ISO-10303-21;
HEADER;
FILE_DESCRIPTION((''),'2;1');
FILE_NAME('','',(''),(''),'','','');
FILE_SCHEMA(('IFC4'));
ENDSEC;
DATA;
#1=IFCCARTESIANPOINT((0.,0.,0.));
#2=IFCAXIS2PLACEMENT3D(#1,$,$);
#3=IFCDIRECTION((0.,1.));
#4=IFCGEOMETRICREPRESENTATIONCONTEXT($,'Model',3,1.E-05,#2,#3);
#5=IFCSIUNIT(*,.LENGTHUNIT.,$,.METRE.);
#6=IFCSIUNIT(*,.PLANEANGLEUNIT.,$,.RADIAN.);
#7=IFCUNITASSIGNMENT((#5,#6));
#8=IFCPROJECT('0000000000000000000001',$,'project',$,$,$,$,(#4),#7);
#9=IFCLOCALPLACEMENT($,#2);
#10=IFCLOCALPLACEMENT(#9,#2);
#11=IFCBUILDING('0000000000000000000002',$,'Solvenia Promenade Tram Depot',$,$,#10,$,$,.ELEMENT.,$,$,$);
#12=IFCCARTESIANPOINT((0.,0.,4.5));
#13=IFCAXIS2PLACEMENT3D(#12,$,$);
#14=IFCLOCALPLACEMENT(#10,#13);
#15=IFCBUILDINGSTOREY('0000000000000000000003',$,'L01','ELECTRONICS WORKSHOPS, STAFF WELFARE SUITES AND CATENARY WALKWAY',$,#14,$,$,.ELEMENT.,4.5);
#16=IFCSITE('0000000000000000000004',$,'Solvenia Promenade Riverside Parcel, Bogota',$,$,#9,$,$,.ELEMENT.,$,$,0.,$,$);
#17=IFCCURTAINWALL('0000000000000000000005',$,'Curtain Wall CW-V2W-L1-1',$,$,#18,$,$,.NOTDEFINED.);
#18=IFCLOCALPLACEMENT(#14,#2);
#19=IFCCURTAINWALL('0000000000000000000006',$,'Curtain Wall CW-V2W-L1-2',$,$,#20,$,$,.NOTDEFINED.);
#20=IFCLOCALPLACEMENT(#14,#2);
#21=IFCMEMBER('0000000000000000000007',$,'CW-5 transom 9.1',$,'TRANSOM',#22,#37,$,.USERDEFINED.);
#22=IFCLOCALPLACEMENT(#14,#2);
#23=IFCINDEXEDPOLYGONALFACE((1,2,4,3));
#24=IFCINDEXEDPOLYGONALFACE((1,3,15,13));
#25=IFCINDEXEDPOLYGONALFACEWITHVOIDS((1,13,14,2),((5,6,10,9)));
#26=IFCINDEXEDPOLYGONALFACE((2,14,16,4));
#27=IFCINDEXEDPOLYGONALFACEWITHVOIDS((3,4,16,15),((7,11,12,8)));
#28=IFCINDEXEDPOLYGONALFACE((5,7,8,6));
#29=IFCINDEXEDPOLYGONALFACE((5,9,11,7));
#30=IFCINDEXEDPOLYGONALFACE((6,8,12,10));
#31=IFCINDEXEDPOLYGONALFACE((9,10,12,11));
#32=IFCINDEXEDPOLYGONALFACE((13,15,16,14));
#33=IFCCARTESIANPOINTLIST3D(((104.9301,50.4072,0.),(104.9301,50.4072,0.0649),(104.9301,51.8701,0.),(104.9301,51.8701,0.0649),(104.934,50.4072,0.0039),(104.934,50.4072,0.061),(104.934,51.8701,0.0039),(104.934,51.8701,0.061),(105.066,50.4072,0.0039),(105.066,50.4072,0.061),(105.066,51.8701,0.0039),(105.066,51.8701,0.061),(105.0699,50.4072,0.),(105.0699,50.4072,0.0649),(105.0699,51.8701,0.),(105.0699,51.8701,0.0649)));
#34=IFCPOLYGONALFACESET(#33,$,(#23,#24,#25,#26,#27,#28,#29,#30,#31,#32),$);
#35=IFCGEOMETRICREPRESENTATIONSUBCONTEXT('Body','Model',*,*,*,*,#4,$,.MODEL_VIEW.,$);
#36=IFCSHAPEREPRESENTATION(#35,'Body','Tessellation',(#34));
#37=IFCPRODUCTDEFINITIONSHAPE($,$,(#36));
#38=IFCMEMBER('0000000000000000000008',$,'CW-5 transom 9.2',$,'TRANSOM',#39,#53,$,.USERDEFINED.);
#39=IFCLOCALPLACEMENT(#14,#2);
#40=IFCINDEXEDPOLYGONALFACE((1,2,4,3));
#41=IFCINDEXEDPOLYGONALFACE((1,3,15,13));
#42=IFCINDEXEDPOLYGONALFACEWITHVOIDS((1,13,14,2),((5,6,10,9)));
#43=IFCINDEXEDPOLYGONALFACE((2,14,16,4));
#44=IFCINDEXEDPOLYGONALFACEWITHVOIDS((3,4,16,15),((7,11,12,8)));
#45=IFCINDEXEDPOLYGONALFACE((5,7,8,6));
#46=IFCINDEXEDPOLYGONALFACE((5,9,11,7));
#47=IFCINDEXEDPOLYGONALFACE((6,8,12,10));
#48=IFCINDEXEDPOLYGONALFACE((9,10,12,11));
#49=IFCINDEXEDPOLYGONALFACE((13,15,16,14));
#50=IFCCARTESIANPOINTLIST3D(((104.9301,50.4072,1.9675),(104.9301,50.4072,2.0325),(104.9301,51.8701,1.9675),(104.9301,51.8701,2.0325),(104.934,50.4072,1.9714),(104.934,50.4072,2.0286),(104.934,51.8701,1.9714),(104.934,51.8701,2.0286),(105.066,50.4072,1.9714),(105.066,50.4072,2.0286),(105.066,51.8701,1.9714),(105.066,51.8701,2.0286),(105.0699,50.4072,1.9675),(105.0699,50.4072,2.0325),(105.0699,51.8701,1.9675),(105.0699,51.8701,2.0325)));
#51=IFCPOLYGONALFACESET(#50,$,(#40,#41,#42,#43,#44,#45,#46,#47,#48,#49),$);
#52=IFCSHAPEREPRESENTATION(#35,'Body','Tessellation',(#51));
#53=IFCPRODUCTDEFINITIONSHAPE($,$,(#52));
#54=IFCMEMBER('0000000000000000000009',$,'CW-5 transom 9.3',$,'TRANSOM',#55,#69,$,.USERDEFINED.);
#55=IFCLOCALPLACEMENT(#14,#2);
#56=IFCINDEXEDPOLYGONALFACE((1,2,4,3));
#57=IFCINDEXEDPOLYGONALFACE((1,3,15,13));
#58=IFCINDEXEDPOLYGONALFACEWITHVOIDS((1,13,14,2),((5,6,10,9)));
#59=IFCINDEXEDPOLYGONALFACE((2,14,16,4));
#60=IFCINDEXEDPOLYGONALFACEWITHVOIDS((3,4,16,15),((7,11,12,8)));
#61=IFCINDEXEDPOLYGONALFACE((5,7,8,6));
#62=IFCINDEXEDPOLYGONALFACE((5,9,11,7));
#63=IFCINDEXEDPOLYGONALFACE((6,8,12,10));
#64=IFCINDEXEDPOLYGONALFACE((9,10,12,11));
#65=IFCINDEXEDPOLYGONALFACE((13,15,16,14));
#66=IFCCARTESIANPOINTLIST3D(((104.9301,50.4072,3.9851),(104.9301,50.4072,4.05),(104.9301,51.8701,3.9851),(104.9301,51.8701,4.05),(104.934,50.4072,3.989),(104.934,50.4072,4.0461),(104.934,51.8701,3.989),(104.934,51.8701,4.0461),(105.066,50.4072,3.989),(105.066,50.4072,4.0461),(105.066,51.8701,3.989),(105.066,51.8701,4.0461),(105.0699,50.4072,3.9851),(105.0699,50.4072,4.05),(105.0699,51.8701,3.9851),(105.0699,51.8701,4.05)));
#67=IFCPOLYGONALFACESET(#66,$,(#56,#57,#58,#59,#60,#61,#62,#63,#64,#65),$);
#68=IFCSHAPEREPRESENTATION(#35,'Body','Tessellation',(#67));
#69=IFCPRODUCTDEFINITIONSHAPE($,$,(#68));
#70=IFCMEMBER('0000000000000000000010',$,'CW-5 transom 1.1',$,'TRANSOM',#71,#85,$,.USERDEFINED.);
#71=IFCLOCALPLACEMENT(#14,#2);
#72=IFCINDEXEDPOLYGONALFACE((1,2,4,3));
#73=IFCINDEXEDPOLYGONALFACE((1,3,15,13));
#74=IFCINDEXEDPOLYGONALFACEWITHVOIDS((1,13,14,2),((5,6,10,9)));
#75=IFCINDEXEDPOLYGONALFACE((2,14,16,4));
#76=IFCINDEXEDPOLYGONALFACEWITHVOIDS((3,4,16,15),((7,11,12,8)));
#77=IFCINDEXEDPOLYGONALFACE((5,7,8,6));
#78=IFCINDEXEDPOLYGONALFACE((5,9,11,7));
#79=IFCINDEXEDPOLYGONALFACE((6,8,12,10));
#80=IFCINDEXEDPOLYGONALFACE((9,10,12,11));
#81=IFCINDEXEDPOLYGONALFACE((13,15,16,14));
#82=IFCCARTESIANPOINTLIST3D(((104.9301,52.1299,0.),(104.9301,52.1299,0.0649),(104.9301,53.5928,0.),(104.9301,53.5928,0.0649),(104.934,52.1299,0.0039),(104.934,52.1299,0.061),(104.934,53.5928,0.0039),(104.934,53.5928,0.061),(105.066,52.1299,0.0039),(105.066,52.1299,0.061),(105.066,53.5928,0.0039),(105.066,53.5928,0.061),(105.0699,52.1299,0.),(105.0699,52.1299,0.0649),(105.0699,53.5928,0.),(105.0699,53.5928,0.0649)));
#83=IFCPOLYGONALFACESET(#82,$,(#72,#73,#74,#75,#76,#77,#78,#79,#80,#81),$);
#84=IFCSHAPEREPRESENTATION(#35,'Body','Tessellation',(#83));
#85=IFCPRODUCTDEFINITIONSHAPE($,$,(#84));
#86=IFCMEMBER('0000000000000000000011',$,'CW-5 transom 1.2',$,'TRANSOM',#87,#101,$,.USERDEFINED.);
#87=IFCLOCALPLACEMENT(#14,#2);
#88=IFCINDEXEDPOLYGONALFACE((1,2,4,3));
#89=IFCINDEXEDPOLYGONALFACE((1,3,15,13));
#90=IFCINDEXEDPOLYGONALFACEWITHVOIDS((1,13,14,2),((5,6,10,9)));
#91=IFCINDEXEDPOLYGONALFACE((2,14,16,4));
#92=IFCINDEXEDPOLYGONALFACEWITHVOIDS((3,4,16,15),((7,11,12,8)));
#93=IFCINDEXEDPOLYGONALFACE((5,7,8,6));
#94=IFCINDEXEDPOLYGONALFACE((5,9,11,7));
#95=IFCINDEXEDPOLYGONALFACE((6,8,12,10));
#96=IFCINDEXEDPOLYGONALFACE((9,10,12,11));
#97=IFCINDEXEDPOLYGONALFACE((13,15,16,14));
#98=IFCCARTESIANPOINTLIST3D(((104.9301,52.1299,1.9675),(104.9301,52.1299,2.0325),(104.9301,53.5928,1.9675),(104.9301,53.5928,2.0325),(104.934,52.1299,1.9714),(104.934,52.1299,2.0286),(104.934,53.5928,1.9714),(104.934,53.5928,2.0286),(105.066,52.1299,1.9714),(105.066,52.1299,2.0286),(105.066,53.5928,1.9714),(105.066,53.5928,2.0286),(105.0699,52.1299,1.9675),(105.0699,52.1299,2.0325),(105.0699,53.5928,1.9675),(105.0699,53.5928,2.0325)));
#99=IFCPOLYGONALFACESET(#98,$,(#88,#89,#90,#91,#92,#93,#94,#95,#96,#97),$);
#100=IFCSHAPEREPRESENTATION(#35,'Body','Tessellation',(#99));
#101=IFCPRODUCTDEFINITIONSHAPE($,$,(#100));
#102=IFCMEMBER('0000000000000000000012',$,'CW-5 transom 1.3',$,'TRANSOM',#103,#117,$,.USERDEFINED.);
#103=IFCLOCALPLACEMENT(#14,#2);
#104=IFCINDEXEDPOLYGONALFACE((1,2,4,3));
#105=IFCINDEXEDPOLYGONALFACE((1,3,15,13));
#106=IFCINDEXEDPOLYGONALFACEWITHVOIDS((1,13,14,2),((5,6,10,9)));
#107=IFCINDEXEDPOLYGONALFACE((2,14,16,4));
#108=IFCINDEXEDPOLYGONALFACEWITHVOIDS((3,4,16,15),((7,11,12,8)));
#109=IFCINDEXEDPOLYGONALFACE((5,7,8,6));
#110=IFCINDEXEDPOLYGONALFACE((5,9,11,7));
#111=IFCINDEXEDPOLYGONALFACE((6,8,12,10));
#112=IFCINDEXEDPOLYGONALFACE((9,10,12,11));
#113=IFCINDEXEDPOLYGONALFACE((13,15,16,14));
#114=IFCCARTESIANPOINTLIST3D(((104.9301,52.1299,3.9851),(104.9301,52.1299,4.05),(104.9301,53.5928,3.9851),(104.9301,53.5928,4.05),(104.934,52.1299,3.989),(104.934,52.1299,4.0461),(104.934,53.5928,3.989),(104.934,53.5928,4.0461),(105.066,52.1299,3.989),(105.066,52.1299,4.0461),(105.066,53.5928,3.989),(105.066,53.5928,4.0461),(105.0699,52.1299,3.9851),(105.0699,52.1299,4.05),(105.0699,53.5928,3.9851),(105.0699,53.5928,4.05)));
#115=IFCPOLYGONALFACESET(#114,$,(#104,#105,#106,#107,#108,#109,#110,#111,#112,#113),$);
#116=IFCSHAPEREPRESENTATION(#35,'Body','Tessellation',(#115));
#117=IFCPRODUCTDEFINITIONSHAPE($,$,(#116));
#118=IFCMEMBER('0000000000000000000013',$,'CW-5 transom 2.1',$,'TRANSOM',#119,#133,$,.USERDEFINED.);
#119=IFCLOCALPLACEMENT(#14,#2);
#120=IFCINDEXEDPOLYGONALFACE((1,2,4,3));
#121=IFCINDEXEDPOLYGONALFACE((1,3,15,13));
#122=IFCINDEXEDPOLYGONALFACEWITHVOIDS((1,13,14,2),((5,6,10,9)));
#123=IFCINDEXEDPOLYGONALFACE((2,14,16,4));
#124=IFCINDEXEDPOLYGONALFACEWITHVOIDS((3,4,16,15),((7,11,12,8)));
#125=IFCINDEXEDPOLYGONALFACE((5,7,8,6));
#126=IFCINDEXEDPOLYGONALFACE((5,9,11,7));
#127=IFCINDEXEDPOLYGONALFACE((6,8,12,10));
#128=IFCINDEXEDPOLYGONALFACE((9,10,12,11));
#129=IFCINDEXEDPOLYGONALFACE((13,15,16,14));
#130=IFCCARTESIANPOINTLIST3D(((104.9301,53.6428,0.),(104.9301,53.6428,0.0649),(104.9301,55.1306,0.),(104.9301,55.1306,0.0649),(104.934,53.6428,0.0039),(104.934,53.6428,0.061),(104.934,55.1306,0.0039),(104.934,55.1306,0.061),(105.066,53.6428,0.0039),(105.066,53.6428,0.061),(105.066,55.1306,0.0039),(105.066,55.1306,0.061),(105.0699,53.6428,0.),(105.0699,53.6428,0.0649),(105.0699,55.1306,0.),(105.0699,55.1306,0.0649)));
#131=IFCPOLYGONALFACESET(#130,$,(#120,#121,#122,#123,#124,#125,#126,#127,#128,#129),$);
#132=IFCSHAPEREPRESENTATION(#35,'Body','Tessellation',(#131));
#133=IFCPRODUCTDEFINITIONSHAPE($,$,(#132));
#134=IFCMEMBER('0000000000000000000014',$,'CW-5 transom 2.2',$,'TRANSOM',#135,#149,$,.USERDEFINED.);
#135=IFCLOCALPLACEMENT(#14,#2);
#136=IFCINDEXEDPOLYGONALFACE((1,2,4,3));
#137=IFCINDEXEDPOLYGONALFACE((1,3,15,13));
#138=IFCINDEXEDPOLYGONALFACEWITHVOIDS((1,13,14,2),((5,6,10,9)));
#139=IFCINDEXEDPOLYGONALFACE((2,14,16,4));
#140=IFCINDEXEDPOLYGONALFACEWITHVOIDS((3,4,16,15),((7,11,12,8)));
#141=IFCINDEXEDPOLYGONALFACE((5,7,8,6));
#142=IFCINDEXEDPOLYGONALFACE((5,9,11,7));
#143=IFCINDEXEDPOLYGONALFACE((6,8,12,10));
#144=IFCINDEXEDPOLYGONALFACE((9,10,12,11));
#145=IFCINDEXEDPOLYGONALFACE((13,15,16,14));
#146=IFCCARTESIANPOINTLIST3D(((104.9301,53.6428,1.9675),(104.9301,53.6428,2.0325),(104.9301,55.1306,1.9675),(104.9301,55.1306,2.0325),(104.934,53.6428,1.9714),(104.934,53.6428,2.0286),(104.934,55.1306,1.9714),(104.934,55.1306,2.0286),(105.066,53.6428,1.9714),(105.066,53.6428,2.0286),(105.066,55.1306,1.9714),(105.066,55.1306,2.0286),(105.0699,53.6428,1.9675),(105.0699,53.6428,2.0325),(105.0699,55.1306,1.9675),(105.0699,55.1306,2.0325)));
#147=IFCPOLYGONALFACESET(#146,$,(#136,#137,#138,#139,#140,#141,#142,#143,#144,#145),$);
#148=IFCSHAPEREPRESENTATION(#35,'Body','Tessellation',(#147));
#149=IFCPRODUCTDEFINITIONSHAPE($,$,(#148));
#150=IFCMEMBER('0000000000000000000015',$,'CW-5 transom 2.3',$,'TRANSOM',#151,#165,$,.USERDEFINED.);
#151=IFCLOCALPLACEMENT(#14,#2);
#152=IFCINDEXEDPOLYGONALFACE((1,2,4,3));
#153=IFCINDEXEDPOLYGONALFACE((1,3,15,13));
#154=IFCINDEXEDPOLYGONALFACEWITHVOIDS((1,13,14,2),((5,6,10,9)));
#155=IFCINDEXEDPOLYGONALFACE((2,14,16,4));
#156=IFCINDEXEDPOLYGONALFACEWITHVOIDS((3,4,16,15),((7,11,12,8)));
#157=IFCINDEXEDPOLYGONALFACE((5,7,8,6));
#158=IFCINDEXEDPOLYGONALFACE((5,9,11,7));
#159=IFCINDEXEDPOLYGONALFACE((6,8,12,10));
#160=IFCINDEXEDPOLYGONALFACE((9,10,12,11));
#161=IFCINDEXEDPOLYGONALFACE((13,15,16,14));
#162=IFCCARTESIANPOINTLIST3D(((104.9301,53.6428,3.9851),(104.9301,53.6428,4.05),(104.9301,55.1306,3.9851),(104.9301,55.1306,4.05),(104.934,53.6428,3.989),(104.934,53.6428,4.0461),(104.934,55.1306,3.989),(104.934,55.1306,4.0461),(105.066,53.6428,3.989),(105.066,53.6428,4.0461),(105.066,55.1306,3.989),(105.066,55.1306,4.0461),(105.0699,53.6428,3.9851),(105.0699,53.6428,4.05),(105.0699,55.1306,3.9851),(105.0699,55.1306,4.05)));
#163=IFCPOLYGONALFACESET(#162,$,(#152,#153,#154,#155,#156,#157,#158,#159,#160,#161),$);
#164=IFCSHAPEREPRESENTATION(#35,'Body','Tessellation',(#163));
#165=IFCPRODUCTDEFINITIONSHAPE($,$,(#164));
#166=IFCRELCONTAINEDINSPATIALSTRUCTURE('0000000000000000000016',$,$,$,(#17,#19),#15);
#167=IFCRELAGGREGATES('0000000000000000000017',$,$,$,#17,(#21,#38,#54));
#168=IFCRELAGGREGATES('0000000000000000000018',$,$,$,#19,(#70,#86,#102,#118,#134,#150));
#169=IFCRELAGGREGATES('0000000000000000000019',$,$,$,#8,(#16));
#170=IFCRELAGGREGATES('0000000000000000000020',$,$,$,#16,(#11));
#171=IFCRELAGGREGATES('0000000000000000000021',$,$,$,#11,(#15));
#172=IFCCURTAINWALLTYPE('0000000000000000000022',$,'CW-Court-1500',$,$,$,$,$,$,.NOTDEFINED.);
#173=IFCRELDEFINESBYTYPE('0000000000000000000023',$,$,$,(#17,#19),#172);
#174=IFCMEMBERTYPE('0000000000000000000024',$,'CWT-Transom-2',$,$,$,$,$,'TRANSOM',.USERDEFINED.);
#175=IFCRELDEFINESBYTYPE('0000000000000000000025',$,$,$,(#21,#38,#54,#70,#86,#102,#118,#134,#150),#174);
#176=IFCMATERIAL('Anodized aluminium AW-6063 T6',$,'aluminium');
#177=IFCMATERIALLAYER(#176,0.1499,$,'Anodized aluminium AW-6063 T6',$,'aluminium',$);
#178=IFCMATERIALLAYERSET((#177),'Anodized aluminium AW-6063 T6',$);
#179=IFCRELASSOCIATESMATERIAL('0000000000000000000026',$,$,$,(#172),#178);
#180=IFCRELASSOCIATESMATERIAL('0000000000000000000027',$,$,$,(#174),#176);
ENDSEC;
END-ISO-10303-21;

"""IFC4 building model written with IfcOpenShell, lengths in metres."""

from ifc_helpers import new_model, si_unit, direction, frame, origin, origin_2d, place, context, subcontext, project, spatial, hollow_rectangle, extrude, material, layer, layer_set, material_profile, profile_set, type_object, element, aggregate, save


model = new_model("IFC4")

# Units and contexts
model_context = context("Model", 3, precision=1e-05, world=origin(), true_north=direction((0.0, 1.0)))
body_context = subcontext(model_context, "Body", "Model", "MODEL_VIEW")
ifc_project = project(units=[si_unit("LENGTHUNIT", "METRE"), si_unit("PLANEANGLEUNIT", "RADIAN")], contexts=[model_context])

# Site, building, storey
site_placement = place(None, origin())
site = spatial("IfcSite", under=ifc_project, at=site_placement, Name="Solvenia Promenade Riverside Parcel, Bogota", CompositionType="ELEMENT", RefElevation=0.0)
building_placement = place(site_placement, origin())
building = spatial("IfcBuilding", under=site, at=building_placement, Name="Solvenia Promenade Tram Depot", CompositionType="ELEMENT")
storey_placement = place(building_placement, frame((0.0, 0.0, 4.5)))
storey = spatial("IfcBuildingStorey", under=building, at=storey_placement, Name="L01", Description="ELECTRONICS WORKSHOPS, STAFF WELFARE SUITES AND CATENARY WALKWAY", CompositionType="ELEMENT", Elevation=4.5)

# Curtain walls
ifc_material_1 = material(Name="Anodized aluminium AW-6063 T6", Category="aluminium")
ifc_layer_1 = layer(ifc_material_1, 0.1499, Name="Anodized aluminium AW-6063 T6", Category="aluminium")
ifc_layer_set_1 = layer_set([ifc_layer_1], Name="Anodized aluminium AW-6063 T6")
curtain_wall_type = type_object("IfcCurtainWallType", Name="CW-Court-1500", PredefinedType="NOTDEFINED", material=ifc_layer_set_1)
curtain_wall_1_placement = place(storey_placement, origin())
curtain_wall_1 = element("IfcCurtainWall", 1, at=curtain_wall_1_placement, inside=storey, type_object=curtain_wall_type, Name="Curtain Wall CW-V2W-L1-1", PredefinedType="NOTDEFINED")
curtain_wall_2_placement = place(storey_placement, origin())
curtain_wall_2 = element("IfcCurtainWall", 2, at=curtain_wall_2_placement, inside=storey, type_object=curtain_wall_type, Name="Curtain Wall CW-V2W-L1-2", PredefinedType="NOTDEFINED")

# Members
ifc_material_profile_1 = material_profile(ifc_material_1, hollow_rectangle(XDim=0.1399, YDim=0.0649, WallThickness=0.0039, at=origin_2d()), Name="ALU-T2", Category="aluminium")
ifc_profile_set_1 = profile_set([ifc_material_profile_1], Name="Anodized aluminium AW-6063 T6")
member_type_1 = type_object("IfcMemberType", Name="CWT-Transom-2", ElementType="TRANSOM", PredefinedType="USERDEFINED", material=ifc_profile_set_1)
member_1_placement = place(storey_placement, frame((105.0, 50.4072, 0.0325), z_axis=(0.0, 1.0, 0.0), x_axis=(-1.0, 0.0, 0.0)))
member_1 = element("IfcMember", 3, at=member_1_placement, type_object=member_type_1, Name="CW-5 transom 9.1", ObjectType="TRANSOM", PredefinedType="USERDEFINED", context=body_context, shape_type="SweptSolid", body=[
    extrude(hollow_rectangle(XDim=0.1399, YDim=0.0649, WallThickness=0.0039, at=origin_2d()), origin(), (0.0, 0.0, 1.0), 1.4629),
])
member_2_placement = place(storey_placement, frame((105.0, 50.4072, 2.0), z_axis=(0.0, 1.0, 0.0), x_axis=(-1.0, 0.0, 0.0)))
member_2 = element("IfcMember", 4, at=member_2_placement, type_object=member_type_1, Name="CW-5 transom 9.2", ObjectType="TRANSOM", PredefinedType="USERDEFINED", context=body_context, shape_type="SweptSolid", body=[
    extrude(hollow_rectangle(XDim=0.1399, YDim=0.0649, WallThickness=0.0039, at=origin_2d()), origin(), (0.0, 0.0, 1.0), 1.4629),
])
member_3_placement = place(storey_placement, frame((105.0, 50.4072, 4.0176), z_axis=(0.0, 1.0, 0.0), x_axis=(-1.0, 0.0, 0.0)))
member_3 = element("IfcMember", 5, at=member_3_placement, type_object=member_type_1, Name="CW-5 transom 9.3", ObjectType="TRANSOM", PredefinedType="USERDEFINED", context=body_context, shape_type="SweptSolid", body=[
    extrude(hollow_rectangle(XDim=0.1399, YDim=0.0649, WallThickness=0.0039, at=origin_2d()), origin(), (0.0, 0.0, 1.0), 1.4629),
])
member_4_placement = place(storey_placement, frame((105.0, 52.1299, 0.0325), z_axis=(0.0, 1.0, 0.0), x_axis=(-1.0, 0.0, 0.0)))
member_4 = element("IfcMember", 6, at=member_4_placement, type_object=member_type_1, Name="CW-5 transom 1.1", ObjectType="TRANSOM", PredefinedType="USERDEFINED", context=body_context, shape_type="SweptSolid", body=[
    extrude(hollow_rectangle(XDim=0.1399, YDim=0.0649, WallThickness=0.0039, at=origin_2d()), origin(), (0.0, 0.0, 1.0), 1.4629),
])
member_5_placement = place(storey_placement, frame((105.0, 52.1299, 2.0), z_axis=(0.0, 1.0, 0.0), x_axis=(-1.0, 0.0, 0.0)))
member_5 = element("IfcMember", 7, at=member_5_placement, type_object=member_type_1, Name="CW-5 transom 1.2", ObjectType="TRANSOM", PredefinedType="USERDEFINED", context=body_context, shape_type="SweptSolid", body=[
    extrude(hollow_rectangle(XDim=0.1399, YDim=0.0649, WallThickness=0.0039, at=origin_2d()), origin(), (0.0, 0.0, 1.0), 1.4629),
])
member_6_placement = place(storey_placement, frame((105.0, 52.1299, 4.0176), z_axis=(0.0, 1.0, 0.0), x_axis=(-1.0, 0.0, 0.0)))
member_6 = element("IfcMember", 8, at=member_6_placement, type_object=member_type_1, Name="CW-5 transom 1.3", ObjectType="TRANSOM", PredefinedType="USERDEFINED", context=body_context, shape_type="SweptSolid", body=[
    extrude(hollow_rectangle(XDim=0.1399, YDim=0.0649, WallThickness=0.0039, at=origin_2d()), origin(), (0.0, 0.0, 1.0), 1.4629),
])
member_7_placement = place(storey_placement, frame((105.0, 53.6428, 0.0325), z_axis=(0.0, 1.0, 0.0), x_axis=(-1.0, 0.0, 0.0)))
member_7 = element("IfcMember", 9, at=member_7_placement, type_object=member_type_1, Name="CW-5 transom 2.1", ObjectType="TRANSOM", PredefinedType="USERDEFINED", context=body_context, shape_type="SweptSolid", body=[
    extrude(hollow_rectangle(XDim=0.1399, YDim=0.0649, WallThickness=0.0039, at=origin_2d()), origin(), (0.0, 0.0, 1.0), 1.4878),
])
member_8_placement = place(storey_placement, frame((105.0, 53.6428, 2.0), z_axis=(0.0, 1.0, 0.0), x_axis=(-1.0, 0.0, 0.0)))
member_8 = element("IfcMember", 10, at=member_8_placement, type_object=member_type_1, Name="CW-5 transom 2.2", ObjectType="TRANSOM", PredefinedType="USERDEFINED", context=body_context, shape_type="SweptSolid", body=[
    extrude(hollow_rectangle(XDim=0.1399, YDim=0.0649, WallThickness=0.0039, at=origin_2d()), origin(), (0.0, 0.0, 1.0), 1.4878),
])
member_9_placement = place(storey_placement, frame((105.0, 53.6428, 4.0176), z_axis=(0.0, 1.0, 0.0), x_axis=(-1.0, 0.0, 0.0)))
member_9 = element("IfcMember", 11, at=member_9_placement, type_object=member_type_1, Name="CW-5 transom 2.3", ObjectType="TRANSOM", PredefinedType="USERDEFINED", context=body_context, shape_type="SweptSolid", body=[
    extrude(hollow_rectangle(XDim=0.1399, YDim=0.0649, WallThickness=0.0039, at=origin_2d()), origin(), (0.0, 0.0, 1.0), 1.4878),
])

aggregate(curtain_wall_1, [member_1, member_2, member_3])
aggregate(curtain_wall_2, [member_4, member_5, member_6, member_7, member_8, member_9])

save(model, "model.ifc")
